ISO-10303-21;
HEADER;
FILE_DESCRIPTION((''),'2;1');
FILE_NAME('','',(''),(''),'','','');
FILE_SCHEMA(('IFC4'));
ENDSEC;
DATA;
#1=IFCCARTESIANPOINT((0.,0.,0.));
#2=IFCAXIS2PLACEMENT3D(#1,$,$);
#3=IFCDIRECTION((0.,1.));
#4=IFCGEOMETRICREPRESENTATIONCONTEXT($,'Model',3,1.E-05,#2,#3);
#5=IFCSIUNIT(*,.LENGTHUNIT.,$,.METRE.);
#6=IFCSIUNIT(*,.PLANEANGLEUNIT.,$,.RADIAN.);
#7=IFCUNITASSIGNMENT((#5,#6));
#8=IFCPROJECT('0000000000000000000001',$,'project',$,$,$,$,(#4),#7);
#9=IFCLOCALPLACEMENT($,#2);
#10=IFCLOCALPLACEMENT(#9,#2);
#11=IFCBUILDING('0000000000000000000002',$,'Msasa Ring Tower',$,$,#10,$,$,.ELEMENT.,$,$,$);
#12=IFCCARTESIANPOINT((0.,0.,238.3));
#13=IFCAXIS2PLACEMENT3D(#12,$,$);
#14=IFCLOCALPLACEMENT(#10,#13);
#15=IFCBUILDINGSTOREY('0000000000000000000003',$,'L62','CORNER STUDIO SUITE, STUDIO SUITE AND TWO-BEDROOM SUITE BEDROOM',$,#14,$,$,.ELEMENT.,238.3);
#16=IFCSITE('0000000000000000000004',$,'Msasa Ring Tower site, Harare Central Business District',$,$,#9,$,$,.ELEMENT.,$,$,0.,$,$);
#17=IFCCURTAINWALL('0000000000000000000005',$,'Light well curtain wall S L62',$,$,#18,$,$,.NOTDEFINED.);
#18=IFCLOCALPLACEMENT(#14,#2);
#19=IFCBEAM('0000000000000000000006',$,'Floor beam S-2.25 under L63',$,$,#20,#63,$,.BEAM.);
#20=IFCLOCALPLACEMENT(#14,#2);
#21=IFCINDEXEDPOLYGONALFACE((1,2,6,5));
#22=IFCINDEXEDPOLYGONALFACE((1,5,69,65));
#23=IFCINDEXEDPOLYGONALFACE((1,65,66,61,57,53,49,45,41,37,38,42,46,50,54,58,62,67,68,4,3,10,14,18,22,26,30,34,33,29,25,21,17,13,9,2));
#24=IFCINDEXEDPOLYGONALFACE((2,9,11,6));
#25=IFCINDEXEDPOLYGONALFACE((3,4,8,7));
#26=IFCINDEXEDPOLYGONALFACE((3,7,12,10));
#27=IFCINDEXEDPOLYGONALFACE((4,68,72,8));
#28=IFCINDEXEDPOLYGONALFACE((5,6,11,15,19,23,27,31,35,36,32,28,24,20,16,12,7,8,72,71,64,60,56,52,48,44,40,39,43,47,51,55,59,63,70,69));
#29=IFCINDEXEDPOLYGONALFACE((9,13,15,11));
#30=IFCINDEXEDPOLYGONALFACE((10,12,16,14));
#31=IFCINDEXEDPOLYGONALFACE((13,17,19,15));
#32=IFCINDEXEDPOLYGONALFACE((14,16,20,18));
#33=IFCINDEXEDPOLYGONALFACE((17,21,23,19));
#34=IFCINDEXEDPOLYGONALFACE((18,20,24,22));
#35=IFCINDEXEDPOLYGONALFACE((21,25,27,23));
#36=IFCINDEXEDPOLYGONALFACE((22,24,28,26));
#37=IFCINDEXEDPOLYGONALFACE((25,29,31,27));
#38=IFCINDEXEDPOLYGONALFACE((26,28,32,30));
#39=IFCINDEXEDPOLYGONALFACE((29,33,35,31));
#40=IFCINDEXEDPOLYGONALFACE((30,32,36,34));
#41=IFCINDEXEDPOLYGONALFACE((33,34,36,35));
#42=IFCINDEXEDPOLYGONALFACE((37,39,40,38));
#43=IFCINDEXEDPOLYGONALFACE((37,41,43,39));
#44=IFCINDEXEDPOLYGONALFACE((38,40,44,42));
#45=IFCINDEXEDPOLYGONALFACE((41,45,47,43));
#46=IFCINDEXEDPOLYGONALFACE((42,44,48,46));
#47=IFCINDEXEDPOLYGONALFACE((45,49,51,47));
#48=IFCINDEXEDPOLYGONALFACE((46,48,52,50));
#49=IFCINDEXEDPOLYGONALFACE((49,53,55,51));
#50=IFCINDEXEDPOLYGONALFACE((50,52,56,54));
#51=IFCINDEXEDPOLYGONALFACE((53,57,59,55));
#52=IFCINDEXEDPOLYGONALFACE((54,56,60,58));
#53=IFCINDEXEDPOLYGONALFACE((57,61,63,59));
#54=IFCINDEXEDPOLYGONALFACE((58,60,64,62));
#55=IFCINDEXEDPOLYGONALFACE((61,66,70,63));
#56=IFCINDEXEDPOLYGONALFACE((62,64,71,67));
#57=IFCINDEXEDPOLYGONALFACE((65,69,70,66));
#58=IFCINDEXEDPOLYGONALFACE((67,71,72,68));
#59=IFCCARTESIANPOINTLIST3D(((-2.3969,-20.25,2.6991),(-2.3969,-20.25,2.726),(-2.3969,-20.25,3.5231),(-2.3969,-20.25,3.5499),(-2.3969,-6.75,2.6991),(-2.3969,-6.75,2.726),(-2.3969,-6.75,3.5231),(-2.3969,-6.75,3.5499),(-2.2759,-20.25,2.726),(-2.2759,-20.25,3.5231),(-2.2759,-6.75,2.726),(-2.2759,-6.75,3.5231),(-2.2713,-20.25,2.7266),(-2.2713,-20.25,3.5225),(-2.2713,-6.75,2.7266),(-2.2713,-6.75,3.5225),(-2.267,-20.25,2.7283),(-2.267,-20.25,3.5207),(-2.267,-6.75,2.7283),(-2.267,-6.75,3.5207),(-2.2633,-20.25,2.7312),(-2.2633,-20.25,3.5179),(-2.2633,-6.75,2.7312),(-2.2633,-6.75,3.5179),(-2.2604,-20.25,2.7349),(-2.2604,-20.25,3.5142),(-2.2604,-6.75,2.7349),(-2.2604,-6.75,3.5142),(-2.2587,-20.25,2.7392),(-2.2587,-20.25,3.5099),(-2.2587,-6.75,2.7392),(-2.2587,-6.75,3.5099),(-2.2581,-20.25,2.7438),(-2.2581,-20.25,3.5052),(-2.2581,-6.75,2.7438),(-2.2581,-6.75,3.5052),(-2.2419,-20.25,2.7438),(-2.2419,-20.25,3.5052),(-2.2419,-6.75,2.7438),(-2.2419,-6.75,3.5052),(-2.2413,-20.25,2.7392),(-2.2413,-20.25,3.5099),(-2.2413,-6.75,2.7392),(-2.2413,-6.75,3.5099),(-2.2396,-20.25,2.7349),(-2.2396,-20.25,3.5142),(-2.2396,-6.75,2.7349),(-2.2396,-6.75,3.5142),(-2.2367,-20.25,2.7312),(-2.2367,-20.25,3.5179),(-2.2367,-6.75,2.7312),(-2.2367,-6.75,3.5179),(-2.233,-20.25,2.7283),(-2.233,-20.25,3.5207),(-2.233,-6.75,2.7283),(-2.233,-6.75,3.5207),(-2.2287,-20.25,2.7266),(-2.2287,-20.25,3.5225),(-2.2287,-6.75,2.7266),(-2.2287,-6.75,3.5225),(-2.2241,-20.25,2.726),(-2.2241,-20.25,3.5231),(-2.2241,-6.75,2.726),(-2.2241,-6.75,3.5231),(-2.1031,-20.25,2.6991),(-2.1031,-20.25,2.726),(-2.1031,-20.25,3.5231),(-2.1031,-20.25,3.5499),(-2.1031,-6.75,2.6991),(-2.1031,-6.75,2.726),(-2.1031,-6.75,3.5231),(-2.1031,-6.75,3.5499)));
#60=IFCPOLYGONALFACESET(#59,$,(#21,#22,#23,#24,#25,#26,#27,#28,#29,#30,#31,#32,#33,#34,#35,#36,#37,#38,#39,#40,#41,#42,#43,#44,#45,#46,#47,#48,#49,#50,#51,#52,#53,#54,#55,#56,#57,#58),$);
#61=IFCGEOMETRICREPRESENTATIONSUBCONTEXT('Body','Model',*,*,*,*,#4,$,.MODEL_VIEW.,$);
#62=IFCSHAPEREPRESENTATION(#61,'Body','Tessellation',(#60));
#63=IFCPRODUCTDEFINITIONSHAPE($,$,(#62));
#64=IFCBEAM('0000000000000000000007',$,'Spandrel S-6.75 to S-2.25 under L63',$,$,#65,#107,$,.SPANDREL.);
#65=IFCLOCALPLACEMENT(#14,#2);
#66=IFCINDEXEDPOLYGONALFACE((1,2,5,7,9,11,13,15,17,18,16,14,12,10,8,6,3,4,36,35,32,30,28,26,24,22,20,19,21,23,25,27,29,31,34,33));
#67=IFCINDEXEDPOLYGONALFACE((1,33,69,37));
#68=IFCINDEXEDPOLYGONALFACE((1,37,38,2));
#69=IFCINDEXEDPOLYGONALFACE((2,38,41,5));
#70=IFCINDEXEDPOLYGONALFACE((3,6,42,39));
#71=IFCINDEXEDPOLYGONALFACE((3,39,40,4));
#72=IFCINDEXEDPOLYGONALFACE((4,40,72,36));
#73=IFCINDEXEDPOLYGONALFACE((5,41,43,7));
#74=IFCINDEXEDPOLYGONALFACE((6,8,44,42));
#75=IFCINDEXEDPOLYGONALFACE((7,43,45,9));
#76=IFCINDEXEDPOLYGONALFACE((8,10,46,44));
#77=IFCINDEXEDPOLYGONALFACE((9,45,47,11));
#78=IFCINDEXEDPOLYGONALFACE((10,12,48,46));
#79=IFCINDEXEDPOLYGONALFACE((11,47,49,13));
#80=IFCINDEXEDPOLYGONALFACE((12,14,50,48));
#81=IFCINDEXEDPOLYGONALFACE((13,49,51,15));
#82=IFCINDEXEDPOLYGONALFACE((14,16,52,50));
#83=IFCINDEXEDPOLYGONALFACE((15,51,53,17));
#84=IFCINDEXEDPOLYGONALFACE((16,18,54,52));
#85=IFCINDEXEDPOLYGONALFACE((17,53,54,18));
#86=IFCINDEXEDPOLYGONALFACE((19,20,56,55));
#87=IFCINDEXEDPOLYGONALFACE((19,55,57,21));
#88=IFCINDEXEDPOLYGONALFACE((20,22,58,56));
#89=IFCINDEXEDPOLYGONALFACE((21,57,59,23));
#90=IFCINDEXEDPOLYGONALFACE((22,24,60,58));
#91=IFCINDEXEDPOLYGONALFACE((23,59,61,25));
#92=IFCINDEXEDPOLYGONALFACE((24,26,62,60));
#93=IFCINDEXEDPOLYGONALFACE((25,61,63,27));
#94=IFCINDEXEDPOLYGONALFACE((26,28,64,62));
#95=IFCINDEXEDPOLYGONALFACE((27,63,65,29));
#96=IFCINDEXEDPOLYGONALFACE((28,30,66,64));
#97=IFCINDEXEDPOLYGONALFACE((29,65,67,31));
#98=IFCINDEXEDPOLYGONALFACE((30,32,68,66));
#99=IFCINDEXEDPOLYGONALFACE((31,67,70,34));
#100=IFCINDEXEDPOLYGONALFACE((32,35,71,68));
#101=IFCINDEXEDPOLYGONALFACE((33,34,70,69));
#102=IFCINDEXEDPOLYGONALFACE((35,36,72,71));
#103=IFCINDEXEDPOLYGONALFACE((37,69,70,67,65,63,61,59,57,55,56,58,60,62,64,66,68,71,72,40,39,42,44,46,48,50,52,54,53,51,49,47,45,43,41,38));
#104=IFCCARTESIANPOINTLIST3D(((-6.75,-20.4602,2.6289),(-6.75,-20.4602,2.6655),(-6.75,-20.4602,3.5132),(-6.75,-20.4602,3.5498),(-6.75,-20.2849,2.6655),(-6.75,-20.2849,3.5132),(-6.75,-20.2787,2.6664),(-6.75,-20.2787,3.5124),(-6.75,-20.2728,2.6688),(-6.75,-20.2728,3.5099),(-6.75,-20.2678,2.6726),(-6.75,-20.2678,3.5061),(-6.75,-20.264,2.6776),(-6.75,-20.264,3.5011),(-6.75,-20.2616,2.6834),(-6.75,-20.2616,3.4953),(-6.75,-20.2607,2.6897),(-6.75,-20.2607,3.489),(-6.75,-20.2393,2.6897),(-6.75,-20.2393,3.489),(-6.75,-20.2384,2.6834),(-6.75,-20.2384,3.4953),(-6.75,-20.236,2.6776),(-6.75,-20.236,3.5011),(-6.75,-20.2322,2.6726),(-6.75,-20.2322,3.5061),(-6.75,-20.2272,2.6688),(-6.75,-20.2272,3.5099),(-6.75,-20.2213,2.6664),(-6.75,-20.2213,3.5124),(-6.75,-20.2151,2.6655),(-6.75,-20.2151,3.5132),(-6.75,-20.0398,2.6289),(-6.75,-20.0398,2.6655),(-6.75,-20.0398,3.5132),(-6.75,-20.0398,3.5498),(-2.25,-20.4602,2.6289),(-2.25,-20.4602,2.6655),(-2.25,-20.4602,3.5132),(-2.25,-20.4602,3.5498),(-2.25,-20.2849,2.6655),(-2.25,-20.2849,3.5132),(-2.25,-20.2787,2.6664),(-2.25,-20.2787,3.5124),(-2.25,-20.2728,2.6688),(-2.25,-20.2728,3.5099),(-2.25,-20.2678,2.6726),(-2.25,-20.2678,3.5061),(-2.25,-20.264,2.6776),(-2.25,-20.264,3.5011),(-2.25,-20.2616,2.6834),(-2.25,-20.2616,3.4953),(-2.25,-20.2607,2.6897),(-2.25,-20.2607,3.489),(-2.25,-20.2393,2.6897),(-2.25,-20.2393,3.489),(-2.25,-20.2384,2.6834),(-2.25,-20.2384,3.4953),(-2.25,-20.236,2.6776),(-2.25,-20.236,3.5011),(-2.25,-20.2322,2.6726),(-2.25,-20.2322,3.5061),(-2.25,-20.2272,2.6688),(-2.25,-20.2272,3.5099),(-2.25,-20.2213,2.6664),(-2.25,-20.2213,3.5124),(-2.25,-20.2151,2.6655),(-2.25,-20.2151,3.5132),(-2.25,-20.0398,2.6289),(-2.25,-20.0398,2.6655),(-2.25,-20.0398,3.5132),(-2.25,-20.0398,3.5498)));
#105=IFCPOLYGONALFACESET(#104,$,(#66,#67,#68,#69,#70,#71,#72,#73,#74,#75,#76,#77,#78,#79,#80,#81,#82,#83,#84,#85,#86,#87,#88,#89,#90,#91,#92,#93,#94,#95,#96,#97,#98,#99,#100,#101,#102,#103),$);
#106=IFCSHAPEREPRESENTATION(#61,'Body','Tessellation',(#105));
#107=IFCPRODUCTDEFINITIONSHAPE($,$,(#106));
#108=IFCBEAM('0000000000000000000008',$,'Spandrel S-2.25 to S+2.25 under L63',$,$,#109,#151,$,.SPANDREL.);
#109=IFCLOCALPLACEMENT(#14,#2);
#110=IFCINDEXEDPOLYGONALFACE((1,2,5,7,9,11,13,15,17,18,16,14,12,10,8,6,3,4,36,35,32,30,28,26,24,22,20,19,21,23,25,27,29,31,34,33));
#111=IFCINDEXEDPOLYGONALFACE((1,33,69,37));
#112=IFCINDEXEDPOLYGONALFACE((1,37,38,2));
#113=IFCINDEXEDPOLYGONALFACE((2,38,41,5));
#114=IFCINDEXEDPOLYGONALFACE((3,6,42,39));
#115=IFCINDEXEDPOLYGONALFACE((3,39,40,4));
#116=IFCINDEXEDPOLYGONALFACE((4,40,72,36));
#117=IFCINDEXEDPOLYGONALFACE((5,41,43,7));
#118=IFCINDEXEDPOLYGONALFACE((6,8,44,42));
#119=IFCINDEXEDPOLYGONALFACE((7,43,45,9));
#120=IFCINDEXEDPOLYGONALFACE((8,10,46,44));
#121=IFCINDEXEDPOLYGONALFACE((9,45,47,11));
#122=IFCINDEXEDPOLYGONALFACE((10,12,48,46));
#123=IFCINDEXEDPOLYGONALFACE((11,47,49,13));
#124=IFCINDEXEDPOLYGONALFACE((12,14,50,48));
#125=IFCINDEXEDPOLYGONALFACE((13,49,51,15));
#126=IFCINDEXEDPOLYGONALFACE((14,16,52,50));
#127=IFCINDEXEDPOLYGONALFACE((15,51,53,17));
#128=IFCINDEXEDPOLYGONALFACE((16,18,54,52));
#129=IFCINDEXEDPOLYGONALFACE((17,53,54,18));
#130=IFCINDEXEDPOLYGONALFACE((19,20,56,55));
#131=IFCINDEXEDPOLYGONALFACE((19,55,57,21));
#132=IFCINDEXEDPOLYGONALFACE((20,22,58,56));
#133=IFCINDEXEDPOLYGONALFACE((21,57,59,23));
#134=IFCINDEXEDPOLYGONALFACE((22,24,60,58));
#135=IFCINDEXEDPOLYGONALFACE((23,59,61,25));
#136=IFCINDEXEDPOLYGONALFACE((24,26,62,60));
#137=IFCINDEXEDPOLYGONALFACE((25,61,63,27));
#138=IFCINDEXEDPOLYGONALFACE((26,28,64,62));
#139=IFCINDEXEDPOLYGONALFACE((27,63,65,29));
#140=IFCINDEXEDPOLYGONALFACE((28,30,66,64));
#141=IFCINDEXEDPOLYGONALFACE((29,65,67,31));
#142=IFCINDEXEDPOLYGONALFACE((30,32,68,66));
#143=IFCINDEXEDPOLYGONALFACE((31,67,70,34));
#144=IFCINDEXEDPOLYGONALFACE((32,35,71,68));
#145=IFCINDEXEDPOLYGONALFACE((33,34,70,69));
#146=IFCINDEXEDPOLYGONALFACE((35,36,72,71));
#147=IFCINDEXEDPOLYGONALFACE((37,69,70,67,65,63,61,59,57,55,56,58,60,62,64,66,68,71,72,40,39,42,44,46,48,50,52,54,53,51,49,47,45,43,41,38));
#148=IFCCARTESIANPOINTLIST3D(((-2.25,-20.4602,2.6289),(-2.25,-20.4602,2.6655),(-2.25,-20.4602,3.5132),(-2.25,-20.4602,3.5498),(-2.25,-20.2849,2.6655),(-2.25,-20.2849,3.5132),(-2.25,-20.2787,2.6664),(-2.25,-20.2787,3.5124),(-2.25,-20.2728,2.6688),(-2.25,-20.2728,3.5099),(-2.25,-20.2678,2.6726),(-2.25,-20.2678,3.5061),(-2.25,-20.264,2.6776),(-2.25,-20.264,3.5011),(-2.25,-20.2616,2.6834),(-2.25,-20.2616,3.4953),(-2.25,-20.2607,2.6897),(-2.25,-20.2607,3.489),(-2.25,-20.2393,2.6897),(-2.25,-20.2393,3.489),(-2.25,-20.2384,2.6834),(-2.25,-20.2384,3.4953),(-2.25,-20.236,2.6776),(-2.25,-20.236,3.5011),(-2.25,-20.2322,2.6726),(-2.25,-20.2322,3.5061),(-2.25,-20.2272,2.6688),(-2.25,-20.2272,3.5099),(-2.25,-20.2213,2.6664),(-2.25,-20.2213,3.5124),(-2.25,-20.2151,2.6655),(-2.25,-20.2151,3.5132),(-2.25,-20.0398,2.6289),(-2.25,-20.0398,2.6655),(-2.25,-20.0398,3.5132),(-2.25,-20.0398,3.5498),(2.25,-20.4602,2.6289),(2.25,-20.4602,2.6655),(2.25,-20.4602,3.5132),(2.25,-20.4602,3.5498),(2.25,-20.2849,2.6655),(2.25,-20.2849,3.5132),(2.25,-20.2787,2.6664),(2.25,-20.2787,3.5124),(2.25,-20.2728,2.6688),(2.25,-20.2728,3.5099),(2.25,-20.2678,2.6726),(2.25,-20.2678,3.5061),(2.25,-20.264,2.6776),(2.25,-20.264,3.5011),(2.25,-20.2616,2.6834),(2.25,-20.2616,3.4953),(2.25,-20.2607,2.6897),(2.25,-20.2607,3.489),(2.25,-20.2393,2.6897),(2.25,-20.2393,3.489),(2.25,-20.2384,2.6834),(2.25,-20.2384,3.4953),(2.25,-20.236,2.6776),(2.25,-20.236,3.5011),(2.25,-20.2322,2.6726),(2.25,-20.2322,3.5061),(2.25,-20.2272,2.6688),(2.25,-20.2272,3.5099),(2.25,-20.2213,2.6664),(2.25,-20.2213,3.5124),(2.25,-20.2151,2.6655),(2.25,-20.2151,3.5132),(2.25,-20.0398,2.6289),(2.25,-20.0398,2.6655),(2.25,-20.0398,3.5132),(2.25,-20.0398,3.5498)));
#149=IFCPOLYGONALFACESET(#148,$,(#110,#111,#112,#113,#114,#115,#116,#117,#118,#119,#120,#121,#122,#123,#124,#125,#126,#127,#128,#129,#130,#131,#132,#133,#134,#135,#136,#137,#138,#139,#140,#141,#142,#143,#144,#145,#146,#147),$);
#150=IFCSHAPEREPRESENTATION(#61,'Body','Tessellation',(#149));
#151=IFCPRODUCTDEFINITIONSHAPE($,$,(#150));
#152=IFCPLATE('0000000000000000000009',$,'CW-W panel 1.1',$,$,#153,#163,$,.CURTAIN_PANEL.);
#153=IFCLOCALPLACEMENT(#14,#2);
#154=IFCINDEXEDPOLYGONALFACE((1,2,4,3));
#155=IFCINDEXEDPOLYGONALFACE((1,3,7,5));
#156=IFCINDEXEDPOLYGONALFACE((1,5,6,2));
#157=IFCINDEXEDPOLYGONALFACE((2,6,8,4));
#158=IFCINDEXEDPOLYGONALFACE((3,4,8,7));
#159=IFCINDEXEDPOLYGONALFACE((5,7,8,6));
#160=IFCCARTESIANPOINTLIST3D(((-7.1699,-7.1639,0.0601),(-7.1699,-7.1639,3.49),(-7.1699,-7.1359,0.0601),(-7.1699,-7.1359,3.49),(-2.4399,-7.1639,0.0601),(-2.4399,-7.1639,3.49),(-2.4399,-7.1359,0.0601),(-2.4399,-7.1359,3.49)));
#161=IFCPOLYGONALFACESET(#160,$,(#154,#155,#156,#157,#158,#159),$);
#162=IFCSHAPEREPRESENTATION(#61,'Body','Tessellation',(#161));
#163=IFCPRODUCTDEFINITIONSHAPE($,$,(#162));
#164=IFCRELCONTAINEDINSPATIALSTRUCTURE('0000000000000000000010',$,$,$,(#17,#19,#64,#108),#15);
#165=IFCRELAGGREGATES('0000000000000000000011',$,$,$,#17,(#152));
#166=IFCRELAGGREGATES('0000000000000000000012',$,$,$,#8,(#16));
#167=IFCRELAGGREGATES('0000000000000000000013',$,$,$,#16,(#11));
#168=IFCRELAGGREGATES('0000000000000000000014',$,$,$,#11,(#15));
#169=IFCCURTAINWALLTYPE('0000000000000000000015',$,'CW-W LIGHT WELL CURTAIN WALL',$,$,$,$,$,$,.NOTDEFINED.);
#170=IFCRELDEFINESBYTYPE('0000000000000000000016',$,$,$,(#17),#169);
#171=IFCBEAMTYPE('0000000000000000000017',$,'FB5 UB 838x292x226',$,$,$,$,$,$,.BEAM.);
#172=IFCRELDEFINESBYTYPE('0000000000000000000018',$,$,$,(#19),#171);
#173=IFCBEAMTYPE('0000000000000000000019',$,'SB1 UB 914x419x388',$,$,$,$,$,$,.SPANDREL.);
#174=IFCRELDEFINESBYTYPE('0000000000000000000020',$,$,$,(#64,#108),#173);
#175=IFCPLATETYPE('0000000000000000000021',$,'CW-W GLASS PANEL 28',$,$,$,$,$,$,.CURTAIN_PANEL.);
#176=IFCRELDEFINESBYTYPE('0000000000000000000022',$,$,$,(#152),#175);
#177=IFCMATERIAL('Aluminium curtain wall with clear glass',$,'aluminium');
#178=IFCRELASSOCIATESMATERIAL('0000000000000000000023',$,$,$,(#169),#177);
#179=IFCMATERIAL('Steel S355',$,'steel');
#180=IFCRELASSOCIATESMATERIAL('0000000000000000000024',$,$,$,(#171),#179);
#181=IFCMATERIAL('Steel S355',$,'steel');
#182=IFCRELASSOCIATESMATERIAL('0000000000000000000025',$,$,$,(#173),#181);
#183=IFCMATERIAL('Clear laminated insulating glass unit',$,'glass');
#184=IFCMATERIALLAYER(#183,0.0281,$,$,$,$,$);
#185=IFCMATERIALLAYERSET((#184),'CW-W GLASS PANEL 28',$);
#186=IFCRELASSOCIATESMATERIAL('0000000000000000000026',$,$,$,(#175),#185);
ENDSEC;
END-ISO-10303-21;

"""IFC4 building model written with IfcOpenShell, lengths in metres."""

from ifc_helpers import new_model, si_unit, direction, frame, origin, origin_2d, place, context, subcontext, project, spatial, rectangle, i_section, extrude, material, layer, layer_set, material_profile, profile_set, type_object, element, aggregate, save


model = new_model("IFC4")

# Units and contexts
model_context = context("Model", 3, precision=1e-05, world=origin(), true_north=direction((0.0, 1.0)))
body_context = subcontext(model_context, "Body", "Model", "MODEL_VIEW")
ifc_project = project(units=[si_unit("LENGTHUNIT", "METRE"), si_unit("PLANEANGLEUNIT", "RADIAN")], contexts=[model_context])

# Site, building, storey
site_placement = place(None, origin())
site = spatial("IfcSite", under=ifc_project, at=site_placement, Name="Msasa Ring Tower site, Harare Central Business District", CompositionType="ELEMENT", RefElevation=0.0)
building_placement = place(site_placement, origin())
building = spatial("IfcBuilding", under=site, at=building_placement, Name="Msasa Ring Tower", CompositionType="ELEMENT")
storey_placement = place(building_placement, frame((0.0, 0.0, 238.3)))
storey = spatial("IfcBuildingStorey", under=building, at=storey_placement, Name="L62", Description="CORNER STUDIO SUITE, STUDIO SUITE AND TWO-BEDROOM SUITE BEDROOM", CompositionType="ELEMENT", Elevation=238.3)

# Curtain wall
ifc_material_1 = material(Name="Aluminium curtain wall with clear glass", Category="aluminium")
curtain_wall_type = type_object("IfcCurtainWallType", Name="CW-W LIGHT WELL CURTAIN WALL", PredefinedType="NOTDEFINED", material=ifc_material_1)
curtain_wall_placement = place(storey_placement, origin())
curtain_wall = element("IfcCurtainWall", 1, at=curtain_wall_placement, inside=storey, type_object=curtain_wall_type, Name="Light well curtain wall S L62", PredefinedType="NOTDEFINED")

# Beams
ifc_material_2 = material(Name="Steel S355", Category="steel")
ifc_material_profile_1 = material_profile(ifc_material_2, i_section(OverallWidth=0.2937, OverallDepth=0.8508, WebThickness=0.0161, FlangeThickness=0.0269, FilletRadius=0.0178, at=origin_2d()), Name="UB 838x292x226")
ifc_profile_set_1 = profile_set([ifc_material_profile_1], Name="Steel S355")
beam_type_1 = type_object("IfcBeamType", Name="FB5 UB 838x292x226", PredefinedType="BEAM", material=ifc_profile_set_1)
for number, where, z_axis, x_axis, name in (
    (2, (-2.25, -20.25, 3.1245), (0.0, 1.0, 0.0), (-1.0, 0.0, 0.0), "Floor beam S-2.25 under L63"),
):
    element("IfcBeam", number, at=place(storey_placement, frame(where, z_axis=z_axis, x_axis=x_axis)), inside=storey, type_object=beam_type_1, Name=name, PredefinedType="BEAM", context=body_context, shape_type="SweptSolid", body=[
        extrude(i_section(OverallWidth=0.2937, OverallDepth=0.8508, WebThickness=0.0161, FlangeThickness=0.0269, FilletRadius=0.0178, at=origin_2d()), origin(), (0.0, 0.0, 1.0), 13.5),
    ])
ifc_material_3 = material(Name="Steel S355", Category="steel")
ifc_material_profile_2 = material_profile(ifc_material_3, i_section(OverallWidth=0.4204, OverallDepth=0.9209, WebThickness=0.0215, FlangeThickness=0.0366, FilletRadius=0.0242, at=origin_2d()), Name="UB 914x419x388")
ifc_profile_set_2 = profile_set([ifc_material_profile_2], Name="Steel S355")
beam_type_2 = type_object("IfcBeamType", Name="SB1 UB 914x419x388", PredefinedType="SPANDREL", material=ifc_profile_set_2)
for number, where, z_axis, x_axis, name in (
    (3, (-6.75, -20.25, 3.0894), (1.0, 0.0, 0.0), (0.0, 1.0, 0.0), "Spandrel S-6.75 to S-2.25 under L63"),
    (4, (-2.25, -20.25, 3.0894), (1.0, 0.0, 0.0), (0.0, 1.0, 0.0), "Spandrel S-2.25 to S+2.25 under L63"),
):
    element("IfcBeam", number, at=place(storey_placement, frame(where, z_axis=z_axis, x_axis=x_axis)), inside=storey, type_object=beam_type_2, Name=name, PredefinedType="SPANDREL", context=body_context, shape_type="SweptSolid", body=[
        extrude(i_section(OverallWidth=0.4204, OverallDepth=0.9209, WebThickness=0.0215, FlangeThickness=0.0366, FilletRadius=0.0242, at=origin_2d()), origin(), (0.0, 0.0, 1.0), 4.5),
    ])

# Plate
ifc_material_4 = material(Name="Clear laminated insulating glass unit", Category="glass")
ifc_layer_1 = layer(ifc_material_4, 0.0281)
ifc_layer_set_1 = layer_set([ifc_layer_1], Name="CW-W GLASS PANEL 28")
plate_type = type_object("IfcPlateType", Name="CW-W GLASS PANEL 28", PredefinedType="CURTAIN_PANEL", material=ifc_layer_set_1)
plate_placement = place(storey_placement, frame((-4.8049, -7.1499, 0.0601), z_axis=(0.0, 0.0, 1.0), x_axis=(1.0, 0.0, 0.0)))
plate = element("IfcPlate", 5, at=plate_placement, type_object=plate_type, Name="CW-W panel 1.1", PredefinedType="CURTAIN_PANEL", context=body_context, shape_type="SweptSolid", body=[
    extrude(rectangle(XDim=4.73, YDim=0.0281, at=origin_2d()), origin(), (0.0, 0.0, 1.0), 3.4299),
])
aggregate(curtain_wall, [plate])

save(model, "model.ifc")
